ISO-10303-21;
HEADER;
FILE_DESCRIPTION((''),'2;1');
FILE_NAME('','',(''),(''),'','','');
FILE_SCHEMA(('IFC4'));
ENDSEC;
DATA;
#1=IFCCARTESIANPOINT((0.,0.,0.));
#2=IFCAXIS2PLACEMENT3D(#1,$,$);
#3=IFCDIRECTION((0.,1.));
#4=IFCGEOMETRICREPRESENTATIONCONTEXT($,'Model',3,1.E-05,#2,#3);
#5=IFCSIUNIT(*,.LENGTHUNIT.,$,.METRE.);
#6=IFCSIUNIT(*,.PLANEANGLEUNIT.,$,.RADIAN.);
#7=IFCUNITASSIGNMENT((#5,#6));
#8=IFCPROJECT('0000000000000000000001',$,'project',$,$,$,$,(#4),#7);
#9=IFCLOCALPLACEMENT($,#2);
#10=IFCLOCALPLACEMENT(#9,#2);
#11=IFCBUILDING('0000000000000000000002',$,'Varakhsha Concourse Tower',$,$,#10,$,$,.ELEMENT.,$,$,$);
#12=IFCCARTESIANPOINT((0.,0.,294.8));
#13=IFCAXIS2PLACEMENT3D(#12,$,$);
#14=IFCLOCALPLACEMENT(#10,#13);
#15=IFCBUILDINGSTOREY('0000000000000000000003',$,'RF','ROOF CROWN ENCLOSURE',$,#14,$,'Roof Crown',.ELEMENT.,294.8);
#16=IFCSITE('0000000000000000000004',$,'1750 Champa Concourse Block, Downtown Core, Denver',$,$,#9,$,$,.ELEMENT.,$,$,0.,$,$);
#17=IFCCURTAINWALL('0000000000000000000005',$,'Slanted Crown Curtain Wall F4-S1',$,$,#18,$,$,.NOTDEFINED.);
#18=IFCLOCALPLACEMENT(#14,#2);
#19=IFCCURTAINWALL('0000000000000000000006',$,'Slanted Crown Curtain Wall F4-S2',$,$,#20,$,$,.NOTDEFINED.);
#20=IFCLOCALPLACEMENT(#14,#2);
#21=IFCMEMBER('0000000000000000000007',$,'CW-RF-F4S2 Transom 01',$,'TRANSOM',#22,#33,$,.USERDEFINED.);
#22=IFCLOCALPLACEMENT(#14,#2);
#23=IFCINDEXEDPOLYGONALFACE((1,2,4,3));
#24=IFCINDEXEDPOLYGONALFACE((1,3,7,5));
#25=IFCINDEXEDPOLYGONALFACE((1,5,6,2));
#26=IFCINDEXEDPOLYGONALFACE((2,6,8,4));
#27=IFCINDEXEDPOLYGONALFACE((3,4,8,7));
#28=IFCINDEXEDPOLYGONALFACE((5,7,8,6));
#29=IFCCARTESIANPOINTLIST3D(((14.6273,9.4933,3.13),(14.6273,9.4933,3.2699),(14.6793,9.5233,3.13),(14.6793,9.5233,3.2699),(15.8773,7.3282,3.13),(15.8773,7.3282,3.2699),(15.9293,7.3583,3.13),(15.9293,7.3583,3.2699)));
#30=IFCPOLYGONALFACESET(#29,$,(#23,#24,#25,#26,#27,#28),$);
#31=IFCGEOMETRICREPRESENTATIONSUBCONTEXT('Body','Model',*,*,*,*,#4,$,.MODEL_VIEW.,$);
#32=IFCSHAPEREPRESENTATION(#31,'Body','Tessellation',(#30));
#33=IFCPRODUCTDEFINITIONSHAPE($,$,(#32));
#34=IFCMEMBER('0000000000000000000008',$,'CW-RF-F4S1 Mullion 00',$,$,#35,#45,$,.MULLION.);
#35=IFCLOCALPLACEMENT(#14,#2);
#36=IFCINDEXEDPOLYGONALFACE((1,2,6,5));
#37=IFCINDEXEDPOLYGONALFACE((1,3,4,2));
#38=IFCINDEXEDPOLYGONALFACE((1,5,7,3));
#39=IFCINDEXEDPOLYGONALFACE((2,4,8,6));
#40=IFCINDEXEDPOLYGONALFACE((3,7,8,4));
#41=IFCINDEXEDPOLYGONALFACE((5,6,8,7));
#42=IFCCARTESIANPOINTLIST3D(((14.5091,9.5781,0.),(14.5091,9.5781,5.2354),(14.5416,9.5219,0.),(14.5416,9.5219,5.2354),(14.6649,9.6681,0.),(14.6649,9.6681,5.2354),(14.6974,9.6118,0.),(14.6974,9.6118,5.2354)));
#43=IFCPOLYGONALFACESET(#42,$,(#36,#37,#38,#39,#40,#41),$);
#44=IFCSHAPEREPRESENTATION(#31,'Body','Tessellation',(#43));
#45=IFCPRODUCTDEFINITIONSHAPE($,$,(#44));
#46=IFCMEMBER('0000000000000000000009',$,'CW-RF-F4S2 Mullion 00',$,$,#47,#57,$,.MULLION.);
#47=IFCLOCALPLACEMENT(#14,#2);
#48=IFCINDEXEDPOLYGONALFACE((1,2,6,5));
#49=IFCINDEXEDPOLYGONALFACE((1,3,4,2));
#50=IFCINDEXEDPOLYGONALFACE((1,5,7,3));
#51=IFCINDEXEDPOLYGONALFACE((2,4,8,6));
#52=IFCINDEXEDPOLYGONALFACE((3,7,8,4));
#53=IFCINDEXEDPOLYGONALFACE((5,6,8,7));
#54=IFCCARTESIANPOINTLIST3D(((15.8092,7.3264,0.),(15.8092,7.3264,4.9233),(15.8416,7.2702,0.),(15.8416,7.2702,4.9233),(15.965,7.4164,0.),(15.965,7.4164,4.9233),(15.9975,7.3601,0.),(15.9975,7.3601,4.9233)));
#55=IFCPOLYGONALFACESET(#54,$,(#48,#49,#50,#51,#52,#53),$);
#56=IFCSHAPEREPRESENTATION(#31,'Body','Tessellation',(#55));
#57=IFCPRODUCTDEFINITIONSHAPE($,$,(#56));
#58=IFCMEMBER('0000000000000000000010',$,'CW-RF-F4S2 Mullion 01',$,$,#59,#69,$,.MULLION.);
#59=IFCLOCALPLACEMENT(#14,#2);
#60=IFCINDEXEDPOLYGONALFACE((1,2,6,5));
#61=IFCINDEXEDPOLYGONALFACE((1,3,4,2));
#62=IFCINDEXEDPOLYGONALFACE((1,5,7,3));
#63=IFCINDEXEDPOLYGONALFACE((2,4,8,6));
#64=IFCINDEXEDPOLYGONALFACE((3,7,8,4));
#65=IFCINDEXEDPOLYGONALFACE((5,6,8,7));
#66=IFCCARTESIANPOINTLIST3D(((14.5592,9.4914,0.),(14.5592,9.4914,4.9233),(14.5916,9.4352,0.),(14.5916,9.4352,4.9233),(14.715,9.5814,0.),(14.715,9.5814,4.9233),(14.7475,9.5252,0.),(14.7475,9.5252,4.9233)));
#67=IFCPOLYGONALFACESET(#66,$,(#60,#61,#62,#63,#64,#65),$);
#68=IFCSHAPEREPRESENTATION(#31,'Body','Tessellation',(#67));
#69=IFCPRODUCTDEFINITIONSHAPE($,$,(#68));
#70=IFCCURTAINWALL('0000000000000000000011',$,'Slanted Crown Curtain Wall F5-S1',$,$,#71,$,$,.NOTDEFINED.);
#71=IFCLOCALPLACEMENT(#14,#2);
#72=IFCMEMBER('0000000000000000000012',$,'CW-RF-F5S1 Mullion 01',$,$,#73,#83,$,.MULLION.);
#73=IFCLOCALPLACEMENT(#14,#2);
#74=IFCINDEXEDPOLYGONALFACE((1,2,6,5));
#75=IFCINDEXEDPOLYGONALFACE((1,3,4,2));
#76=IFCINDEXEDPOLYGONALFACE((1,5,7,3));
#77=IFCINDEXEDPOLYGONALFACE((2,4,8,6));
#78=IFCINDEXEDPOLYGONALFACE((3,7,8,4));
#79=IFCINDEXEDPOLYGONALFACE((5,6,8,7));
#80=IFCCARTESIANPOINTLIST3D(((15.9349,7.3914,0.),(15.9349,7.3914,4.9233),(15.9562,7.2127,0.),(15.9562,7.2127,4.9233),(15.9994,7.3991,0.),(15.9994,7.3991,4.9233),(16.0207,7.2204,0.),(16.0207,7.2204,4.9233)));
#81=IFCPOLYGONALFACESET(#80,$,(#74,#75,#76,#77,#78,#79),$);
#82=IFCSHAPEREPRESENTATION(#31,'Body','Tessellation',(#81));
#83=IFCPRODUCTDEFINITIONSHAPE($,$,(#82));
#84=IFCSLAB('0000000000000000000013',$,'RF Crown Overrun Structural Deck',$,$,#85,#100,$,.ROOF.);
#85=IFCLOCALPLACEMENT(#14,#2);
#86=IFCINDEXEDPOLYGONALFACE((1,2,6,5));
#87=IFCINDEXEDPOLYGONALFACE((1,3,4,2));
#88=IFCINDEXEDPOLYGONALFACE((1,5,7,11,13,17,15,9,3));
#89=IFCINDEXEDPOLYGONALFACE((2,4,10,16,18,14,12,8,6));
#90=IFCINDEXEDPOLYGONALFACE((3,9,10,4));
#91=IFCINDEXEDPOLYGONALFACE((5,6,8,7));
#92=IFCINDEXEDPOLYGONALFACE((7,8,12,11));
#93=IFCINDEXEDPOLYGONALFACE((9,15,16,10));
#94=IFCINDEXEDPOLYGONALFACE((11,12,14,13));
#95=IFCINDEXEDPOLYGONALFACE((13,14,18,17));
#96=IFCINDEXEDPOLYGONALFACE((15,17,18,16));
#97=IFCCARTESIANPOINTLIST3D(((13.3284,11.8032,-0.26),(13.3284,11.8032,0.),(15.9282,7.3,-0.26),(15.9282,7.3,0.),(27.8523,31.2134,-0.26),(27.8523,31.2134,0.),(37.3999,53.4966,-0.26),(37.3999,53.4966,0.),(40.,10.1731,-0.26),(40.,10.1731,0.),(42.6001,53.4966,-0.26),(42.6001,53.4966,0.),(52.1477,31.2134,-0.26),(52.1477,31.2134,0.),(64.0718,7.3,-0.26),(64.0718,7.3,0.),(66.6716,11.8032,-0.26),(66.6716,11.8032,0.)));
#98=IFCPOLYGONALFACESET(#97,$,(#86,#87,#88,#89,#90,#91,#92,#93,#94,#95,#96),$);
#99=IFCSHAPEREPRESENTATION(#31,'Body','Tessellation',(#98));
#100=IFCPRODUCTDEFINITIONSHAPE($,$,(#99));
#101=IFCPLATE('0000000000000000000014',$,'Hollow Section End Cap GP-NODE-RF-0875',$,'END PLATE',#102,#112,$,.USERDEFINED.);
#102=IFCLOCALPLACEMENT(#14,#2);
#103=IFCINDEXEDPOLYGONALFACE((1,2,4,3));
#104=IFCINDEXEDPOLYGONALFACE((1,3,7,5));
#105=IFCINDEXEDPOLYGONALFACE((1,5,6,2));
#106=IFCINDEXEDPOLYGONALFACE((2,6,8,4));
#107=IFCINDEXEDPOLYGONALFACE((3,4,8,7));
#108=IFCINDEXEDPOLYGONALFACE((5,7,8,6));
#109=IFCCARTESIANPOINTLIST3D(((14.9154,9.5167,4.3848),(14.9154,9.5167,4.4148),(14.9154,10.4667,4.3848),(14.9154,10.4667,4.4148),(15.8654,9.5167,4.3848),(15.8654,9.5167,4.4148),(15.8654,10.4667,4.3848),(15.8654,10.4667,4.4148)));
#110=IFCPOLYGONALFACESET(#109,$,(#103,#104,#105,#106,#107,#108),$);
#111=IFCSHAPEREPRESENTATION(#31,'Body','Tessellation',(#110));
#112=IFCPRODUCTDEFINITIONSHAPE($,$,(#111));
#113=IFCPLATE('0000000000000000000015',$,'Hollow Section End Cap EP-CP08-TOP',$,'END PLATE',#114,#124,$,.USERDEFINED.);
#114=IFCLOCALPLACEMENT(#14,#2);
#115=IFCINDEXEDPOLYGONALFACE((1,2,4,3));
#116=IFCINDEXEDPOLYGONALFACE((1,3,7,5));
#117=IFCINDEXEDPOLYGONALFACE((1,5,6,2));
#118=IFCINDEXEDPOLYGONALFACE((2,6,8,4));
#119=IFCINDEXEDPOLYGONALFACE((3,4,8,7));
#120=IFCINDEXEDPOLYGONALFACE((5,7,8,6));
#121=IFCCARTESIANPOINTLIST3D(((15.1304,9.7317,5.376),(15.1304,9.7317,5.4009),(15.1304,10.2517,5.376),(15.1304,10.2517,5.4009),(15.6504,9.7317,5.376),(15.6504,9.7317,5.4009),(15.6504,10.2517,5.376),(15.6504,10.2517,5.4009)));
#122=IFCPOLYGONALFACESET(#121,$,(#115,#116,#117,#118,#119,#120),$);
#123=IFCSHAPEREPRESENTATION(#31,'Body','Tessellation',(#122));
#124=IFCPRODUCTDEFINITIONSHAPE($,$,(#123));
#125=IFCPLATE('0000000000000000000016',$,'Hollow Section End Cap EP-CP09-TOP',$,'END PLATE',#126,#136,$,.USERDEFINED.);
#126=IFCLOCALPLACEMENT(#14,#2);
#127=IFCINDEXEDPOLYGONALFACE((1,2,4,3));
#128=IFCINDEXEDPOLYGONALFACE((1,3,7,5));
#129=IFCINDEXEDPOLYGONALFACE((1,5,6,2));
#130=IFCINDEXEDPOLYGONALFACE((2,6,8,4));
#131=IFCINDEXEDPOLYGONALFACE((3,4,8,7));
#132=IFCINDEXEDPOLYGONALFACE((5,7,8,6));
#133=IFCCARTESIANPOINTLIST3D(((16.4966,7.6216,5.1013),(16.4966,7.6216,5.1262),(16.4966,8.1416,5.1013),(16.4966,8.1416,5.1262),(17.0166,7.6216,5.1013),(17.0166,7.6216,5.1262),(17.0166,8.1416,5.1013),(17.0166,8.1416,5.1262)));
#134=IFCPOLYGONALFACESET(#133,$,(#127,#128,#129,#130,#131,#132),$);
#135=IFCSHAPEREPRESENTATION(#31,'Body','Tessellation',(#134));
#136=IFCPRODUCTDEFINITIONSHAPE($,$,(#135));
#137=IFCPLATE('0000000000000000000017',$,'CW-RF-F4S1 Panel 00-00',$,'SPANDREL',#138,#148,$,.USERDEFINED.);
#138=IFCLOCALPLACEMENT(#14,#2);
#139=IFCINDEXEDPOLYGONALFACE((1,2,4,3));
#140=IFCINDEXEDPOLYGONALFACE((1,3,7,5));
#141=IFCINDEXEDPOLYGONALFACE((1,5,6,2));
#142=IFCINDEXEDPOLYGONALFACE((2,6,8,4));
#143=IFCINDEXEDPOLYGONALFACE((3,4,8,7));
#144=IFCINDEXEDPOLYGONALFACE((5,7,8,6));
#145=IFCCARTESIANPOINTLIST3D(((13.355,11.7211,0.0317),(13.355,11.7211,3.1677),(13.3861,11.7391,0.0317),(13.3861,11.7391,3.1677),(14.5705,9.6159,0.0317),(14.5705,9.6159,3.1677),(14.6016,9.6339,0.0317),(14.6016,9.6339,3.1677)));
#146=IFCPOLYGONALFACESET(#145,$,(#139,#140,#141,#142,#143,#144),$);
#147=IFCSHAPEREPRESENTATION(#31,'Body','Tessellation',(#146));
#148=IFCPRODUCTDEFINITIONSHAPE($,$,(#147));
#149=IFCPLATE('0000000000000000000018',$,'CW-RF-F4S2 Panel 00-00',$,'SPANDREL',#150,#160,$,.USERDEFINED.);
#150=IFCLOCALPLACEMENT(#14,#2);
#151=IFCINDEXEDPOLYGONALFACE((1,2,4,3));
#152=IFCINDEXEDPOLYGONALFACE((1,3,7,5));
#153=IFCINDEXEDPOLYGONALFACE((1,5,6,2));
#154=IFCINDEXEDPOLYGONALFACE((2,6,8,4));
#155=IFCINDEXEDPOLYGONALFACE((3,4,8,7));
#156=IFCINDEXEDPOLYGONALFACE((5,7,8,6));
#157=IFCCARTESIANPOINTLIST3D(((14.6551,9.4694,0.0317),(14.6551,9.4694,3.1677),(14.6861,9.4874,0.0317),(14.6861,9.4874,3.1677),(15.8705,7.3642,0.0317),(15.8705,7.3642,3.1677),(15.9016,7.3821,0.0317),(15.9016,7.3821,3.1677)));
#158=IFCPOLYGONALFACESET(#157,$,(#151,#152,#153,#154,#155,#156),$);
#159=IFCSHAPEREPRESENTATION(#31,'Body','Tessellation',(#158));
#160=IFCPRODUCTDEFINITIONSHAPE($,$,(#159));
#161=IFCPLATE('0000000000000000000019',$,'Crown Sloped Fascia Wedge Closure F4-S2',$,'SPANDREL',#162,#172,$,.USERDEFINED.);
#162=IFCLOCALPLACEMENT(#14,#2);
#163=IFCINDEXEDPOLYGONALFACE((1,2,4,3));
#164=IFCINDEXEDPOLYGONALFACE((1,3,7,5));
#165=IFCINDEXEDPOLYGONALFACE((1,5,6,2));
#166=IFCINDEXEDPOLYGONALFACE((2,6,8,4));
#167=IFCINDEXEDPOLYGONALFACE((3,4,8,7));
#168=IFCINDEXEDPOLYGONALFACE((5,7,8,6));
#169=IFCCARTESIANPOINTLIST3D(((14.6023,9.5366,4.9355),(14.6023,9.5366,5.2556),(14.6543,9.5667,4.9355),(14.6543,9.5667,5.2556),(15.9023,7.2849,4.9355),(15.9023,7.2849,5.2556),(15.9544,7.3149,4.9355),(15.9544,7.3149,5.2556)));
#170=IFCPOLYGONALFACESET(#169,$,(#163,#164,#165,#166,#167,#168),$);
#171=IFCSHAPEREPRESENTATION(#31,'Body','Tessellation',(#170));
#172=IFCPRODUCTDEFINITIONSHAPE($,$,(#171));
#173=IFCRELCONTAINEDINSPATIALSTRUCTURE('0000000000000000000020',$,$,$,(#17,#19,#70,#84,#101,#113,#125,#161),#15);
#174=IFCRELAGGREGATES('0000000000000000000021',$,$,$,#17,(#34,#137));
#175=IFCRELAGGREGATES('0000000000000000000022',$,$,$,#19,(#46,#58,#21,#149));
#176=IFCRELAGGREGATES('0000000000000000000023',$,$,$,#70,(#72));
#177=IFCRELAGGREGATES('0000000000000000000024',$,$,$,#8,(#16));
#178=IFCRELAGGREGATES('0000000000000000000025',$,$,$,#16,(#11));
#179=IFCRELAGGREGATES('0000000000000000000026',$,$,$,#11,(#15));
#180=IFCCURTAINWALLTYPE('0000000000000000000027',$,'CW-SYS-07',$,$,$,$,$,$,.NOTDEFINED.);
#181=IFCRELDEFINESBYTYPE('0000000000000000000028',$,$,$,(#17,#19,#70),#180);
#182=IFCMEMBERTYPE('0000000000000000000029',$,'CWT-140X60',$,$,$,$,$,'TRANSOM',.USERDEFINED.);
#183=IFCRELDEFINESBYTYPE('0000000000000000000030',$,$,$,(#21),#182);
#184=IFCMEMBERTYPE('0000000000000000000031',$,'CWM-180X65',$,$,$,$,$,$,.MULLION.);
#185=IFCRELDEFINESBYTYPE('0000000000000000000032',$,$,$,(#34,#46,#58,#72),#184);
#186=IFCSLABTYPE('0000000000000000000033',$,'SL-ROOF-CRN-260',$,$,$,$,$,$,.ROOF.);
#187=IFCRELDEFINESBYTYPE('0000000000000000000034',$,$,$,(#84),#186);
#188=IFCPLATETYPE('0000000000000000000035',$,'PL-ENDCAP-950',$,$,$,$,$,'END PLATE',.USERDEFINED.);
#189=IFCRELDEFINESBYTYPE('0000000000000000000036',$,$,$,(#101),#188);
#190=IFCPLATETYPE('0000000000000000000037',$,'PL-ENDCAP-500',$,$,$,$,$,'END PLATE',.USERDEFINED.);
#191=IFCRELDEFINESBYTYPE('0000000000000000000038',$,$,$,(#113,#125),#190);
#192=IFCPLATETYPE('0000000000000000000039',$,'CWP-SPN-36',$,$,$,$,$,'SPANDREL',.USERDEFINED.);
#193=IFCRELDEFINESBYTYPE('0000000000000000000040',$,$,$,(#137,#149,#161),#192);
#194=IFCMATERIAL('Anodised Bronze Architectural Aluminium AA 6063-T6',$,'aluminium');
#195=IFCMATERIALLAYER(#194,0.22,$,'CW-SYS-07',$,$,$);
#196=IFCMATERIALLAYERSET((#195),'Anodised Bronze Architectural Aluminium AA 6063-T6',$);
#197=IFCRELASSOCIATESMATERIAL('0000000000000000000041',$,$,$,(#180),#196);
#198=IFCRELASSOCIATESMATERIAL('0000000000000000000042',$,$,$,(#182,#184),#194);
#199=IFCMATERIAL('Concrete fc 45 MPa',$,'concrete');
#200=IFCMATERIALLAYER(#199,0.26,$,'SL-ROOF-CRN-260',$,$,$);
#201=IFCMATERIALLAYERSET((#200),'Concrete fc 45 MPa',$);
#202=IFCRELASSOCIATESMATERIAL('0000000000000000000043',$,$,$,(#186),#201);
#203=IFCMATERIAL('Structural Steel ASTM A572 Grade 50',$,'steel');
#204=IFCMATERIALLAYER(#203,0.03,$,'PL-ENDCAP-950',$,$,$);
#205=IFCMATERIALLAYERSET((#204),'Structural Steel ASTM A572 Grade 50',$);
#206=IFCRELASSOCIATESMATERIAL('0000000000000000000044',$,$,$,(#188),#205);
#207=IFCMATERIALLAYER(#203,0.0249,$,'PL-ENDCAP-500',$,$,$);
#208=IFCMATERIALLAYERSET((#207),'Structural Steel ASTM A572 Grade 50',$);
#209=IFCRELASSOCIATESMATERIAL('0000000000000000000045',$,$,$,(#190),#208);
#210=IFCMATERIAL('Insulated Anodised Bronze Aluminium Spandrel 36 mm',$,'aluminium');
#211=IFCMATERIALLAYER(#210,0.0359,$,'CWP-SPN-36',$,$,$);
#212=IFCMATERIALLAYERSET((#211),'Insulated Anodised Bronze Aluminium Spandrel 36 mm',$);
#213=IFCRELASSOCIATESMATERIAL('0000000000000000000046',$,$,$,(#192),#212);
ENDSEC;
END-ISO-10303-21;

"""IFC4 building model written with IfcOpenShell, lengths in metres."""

from ifc_helpers import new_model, si_unit, direction, frame, origin, origin_2d, place, context, subcontext, project, spatial, polyline, rectangle, outline, extrude, source, transform, mapped, material, layer, layer_set, material_profile, profile_set, type_object, type_shapes, element, aggregate, save


model = new_model("IFC4")

# Units and contexts
model_context = context("Model", 3, precision=1e-05, world=origin(), true_north=direction((0.0, 1.0)))
body_context = subcontext(model_context, "Body", "Model", "MODEL_VIEW")
ifc_project = project(units=[si_unit("LENGTHUNIT", "METRE"), si_unit("PLANEANGLEUNIT", "RADIAN")], contexts=[model_context])

# Site, building, storey
site_placement = place(None, origin())
site = spatial("IfcSite", under=ifc_project, at=site_placement, Name="1750 Champa Concourse Block, Downtown Core, Denver", CompositionType="ELEMENT", RefElevation=0.0)
building_placement = place(site_placement, origin())
building = spatial("IfcBuilding", under=site, at=building_placement, Name="Varakhsha Concourse Tower", CompositionType="ELEMENT")
storey_placement = place(building_placement, frame((0.0, 0.0, 294.8)))
storey = spatial("IfcBuildingStorey", under=building, at=storey_placement, Name="RF", Description="ROOF CROWN ENCLOSURE", LongName="Roof Crown", CompositionType="ELEMENT", Elevation=294.8)

# Shared definitions
ifc_material_1 = material(Name="Structural Steel ASTM A572 Grade 50", Category="steel")

# Curtain walls, member
ifc_material_2 = material(Name="Anodised Bronze Architectural Aluminium AA 6063-T6", Category="aluminium")
ifc_layer_1 = layer(ifc_material_2, 0.22, Name="CW-SYS-07")
ifc_layer_set_1 = layer_set([ifc_layer_1], Name="Anodised Bronze Architectural Aluminium AA 6063-T6")
curtain_wall_type = type_object("IfcCurtainWallType", Name="CW-SYS-07", PredefinedType="NOTDEFINED", material=ifc_layer_set_1)
curtain_wall_1_placement = place(storey_placement, origin())
curtain_wall_1 = element("IfcCurtainWall", 1, at=curtain_wall_1_placement, inside=storey, type_object=curtain_wall_type, Name="Slanted Crown Curtain Wall F4-S1", PredefinedType="NOTDEFINED")
ifc_material_profile_1 = material_profile(ifc_material_2, rectangle(XDim=0.0601, YDim=0.1399, at=origin_2d()), Name="CWT-140X60")
ifc_profile_set_1 = profile_set([ifc_material_profile_1], Name="Anodised Bronze Architectural Aluminium AA 6063-T6")
member_type_1 = type_object("IfcMemberType", Name="CWT-140X60", ElementType="TRANSOM", PredefinedType="USERDEFINED", material=ifc_profile_set_1)
shared_shape_1 = source(origin(), body_context, "Body", "SweptSolid", [
    extrude(rectangle(XDim=0.0601, YDim=0.1399, at=origin_2d()), origin(), (0.0, 0.0, 1.0), 2.5),
])
type_shapes(member_type_1, [shared_shape_1])
curtain_wall_2_placement = place(storey_placement, origin())
curtain_wall_2 = element("IfcCurtainWall", 2, at=curtain_wall_2_placement, inside=storey, type_object=curtain_wall_type, Name="Slanted Crown Curtain Wall F4-S2", PredefinedType="NOTDEFINED")
member_1_placement = place(storey_placement, frame((15.9033, 7.3433, 3.2), z_axis=(-0.500004, 0.866023, 0.0), x_axis=(-0.866023, -0.500004, 0.0)))
member_1 = element("IfcMember", 3, at=member_1_placement, type_object=member_type_1, Name="CW-RF-F4S2 Transom 01", ObjectType="TRANSOM", PredefinedType="USERDEFINED", context=body_context, shape_type="MappedRepresentation", body=[
    mapped(shared_shape_1, transform((0.0, 0.0, 0.0), scale=1.0)),
])

# Members
ifc_material_profile_2 = material_profile(ifc_material_2, rectangle(XDim=0.0649, YDim=0.1799, at=origin_2d()), Name="CWM-180X65")
ifc_profile_set_2 = profile_set([ifc_material_profile_2], Name="Anodised Bronze Architectural Aluminium AA 6063-T6")
member_type_2 = type_object("IfcMemberType", Name="CWM-180X65", PredefinedType="MULLION", material=ifc_profile_set_2)
shared_shape_2 = source(origin(), body_context, "Body", "SweptSolid", [
    extrude(rectangle(XDim=0.0649, YDim=0.1799, at=origin_2d()), origin(), (0.0, 0.0, 1.0), 5.2354),
])
member_2_placement = place(storey_placement, frame((14.6033, 9.595, 0.0), z_axis=(0.0, 0.0, 1.0), x_axis=(-0.500011, 0.866019, 0.0)))
member_2 = element("IfcMember", 4, at=member_2_placement, type_object=member_type_2, Name="CW-RF-F4S1 Mullion 00", PredefinedType="MULLION", context=body_context, shape_type="MappedRepresentation", body=[
    mapped(shared_shape_2, transform((0.0, 0.0, 0.0), scale=1.0)),
])
shared_shape_3 = source(origin(), body_context, "Body", "SweptSolid", [
    extrude(rectangle(XDim=0.0649, YDim=0.1799, at=origin_2d()), origin(), (0.0, 0.0, 1.0), 4.9233),
])
type_shapes(member_type_2, [shared_shape_2, shared_shape_3])
member_3_placement = place(storey_placement, frame((15.9033, 7.3433, 0.0), z_axis=(0.0, 0.0, 1.0), x_axis=(-0.499994, 0.866029, 0.0)))
member_3 = element("IfcMember", 5, at=member_3_placement, type_object=member_type_2, Name="CW-RF-F4S2 Mullion 00", PredefinedType="MULLION", context=body_context, shape_type="MappedRepresentation", body=[
    mapped(shared_shape_3, transform((0.0, 0.0, 0.0), scale=1.0)),
])
member_4_placement = place(storey_placement, frame((14.6533, 9.5083, 0.0), z_axis=(0.0, 0.0, 1.0), x_axis=(-0.499994, 0.866029, 0.0)))
member_4 = element("IfcMember", 6, at=member_4_placement, type_object=member_type_2, Name="CW-RF-F4S2 Mullion 01", PredefinedType="MULLION", context=body_context, shape_type="MappedRepresentation", body=[
    mapped(shared_shape_3, transform((0.0, 0.0, 0.0), scale=1.0)),
])

# Curtain wall, member
curtain_wall_3_placement = place(storey_placement, origin())
curtain_wall_3 = element("IfcCurtainWall", 7, at=curtain_wall_3_placement, inside=storey, type_object=curtain_wall_type, Name="Slanted Crown Curtain Wall F5-S1", PredefinedType="NOTDEFINED")
member_5_placement = place(storey_placement, frame((15.9778, 7.3059, 0.0), z_axis=(0.0, 0.0, 1.0), x_axis=(-0.992951, -0.118525, 0.0)))
member_5 = element("IfcMember", 8, at=member_5_placement, type_object=member_type_2, Name="CW-RF-F5S1 Mullion 01", PredefinedType="MULLION", context=body_context, shape_type="MappedRepresentation", body=[
    mapped(shared_shape_3, transform((0.0, 0.0, 0.0), scale=1.0)),
])

# Slab
ifc_material_3 = material(Name="Concrete fc 45 MPa", Category="concrete")
ifc_layer_2 = layer(ifc_material_3, 0.26, Name="SL-ROOF-CRN-260")
ifc_layer_set_2 = layer_set([ifc_layer_2], Name="Concrete fc 45 MPa")
slab_type = type_object("IfcSlabType", Name="SL-ROOF-CRN-260", PredefinedType="ROOF", material=ifc_layer_set_2)
slab_placement = place(storey_placement, frame((0.0, 0.0, -0.26)))
element("IfcSlab", 9, at=slab_placement, inside=storey, type_object=slab_type, Name="RF Crown Overrun Structural Deck", PredefinedType="ROOF", context=body_context, shape_type="SweptSolid", body=[
    extrude(outline(polyline([(42.6001, 53.4966), (37.3999, 53.4966), (27.8523, 31.2134), (13.3284, 11.8032), (15.9282, 7.3), (40.0, 10.1731), (64.0718, 7.3), (66.6716, 11.8032), (52.1477, 31.2134), (42.6001, 53.4966)])), origin(), (0.0, 0.0, 1.0), 0.26),
])

# Plates
ifc_layer_3 = layer(ifc_material_1, 0.03, Name="PL-ENDCAP-950")
ifc_layer_set_3 = layer_set([ifc_layer_3], Name="Structural Steel ASTM A572 Grade 50")
plate_type_1 = type_object("IfcPlateType", Name="PL-ENDCAP-950", ElementType="END PLATE", PredefinedType="USERDEFINED", material=ifc_layer_set_3)
shared_shape_4 = source(origin(), body_context, "Body", "SweptSolid", [
    extrude(rectangle(XDim=0.95, YDim=0.95, at=origin_2d()), origin(), (0.0, 0.0, 1.0), 0.03),
])
type_shapes(plate_type_1, [shared_shape_4])
plate_1_placement = place(storey_placement, frame((15.3904, 9.9917, 4.3848), z_axis=(0.0, 0.0, 1.0), x_axis=(1.0, 0.0, 0.0)))
element("IfcPlate", 10, at=plate_1_placement, inside=storey, type_object=plate_type_1, Name="Hollow Section End Cap GP-NODE-RF-0875", ObjectType="END PLATE", PredefinedType="USERDEFINED", context=body_context, shape_type="MappedRepresentation", body=[
    mapped(shared_shape_4, transform((0.0, 0.0, 0.0), scale=1.0)),
])
ifc_layer_4 = layer(ifc_material_1, 0.0249, Name="PL-ENDCAP-500")
ifc_layer_set_4 = layer_set([ifc_layer_4], Name="Structural Steel ASTM A572 Grade 50")
plate_type_2 = type_object("IfcPlateType", Name="PL-ENDCAP-500", ElementType="END PLATE", PredefinedType="USERDEFINED", material=ifc_layer_set_4)
shared_shape_5 = source(origin(), body_context, "Body", "SweptSolid", [
    extrude(rectangle(XDim=0.52, YDim=0.52, at=origin_2d()), origin(), (0.0, 0.0, 1.0), 0.0249),
])
type_shapes(plate_type_2, [shared_shape_5])
for number, where, z_axis, x_axis, name in (
    (11, (15.3904, 9.9917, 5.376), (0.0, 0.0, 1.0), (1.0, 0.0, 0.0), "Hollow Section End Cap EP-CP08-TOP"),
    (12, (16.7566, 7.8816, 5.1013), (0.0, 0.0, 1.0), (1.0, 0.0, 0.0), "Hollow Section End Cap EP-CP09-TOP"),
):
    element("IfcPlate", number, at=place(storey_placement, frame(where, z_axis=z_axis, x_axis=x_axis)), inside=storey, type_object=plate_type_2, Name=name, ObjectType="END PLATE", PredefinedType="USERDEFINED", context=body_context, shape_type="MappedRepresentation", body=[
        mapped(shared_shape_5, transform((0.0, 0.0, 0.0), scale=1.0)),
    ])

# Plates
ifc_material_4 = material(Name="Insulated Anodised Bronze Aluminium Spandrel 36 mm", Category="aluminium")
ifc_layer_5 = layer(ifc_material_4, 0.0359, Name="CWP-SPN-36")
ifc_layer_set_5 = layer_set([ifc_layer_5], Name="Insulated Anodised Bronze Aluminium Spandrel 36 mm")
plate_type_3 = type_object("IfcPlateType", Name="CWP-SPN-36", ElementType="SPANDREL", PredefinedType="USERDEFINED", material=ifc_layer_set_5)
shared_shape_6 = source(origin(), body_context, "Body", "SweptSolid", [
    extrude(rectangle(XDim=2.4309, YDim=0.0359, at=origin_2d()), origin(), (0.0, 0.0, 1.0), 3.136),
])
plate_2_placement = place(storey_placement, frame((13.9783, 10.6775, 0.0317), z_axis=(0.0, 0.0, 1.0), x_axis=(-0.500011, 0.866019, 0.0)))
plate_2 = element("IfcPlate", 13, at=plate_2_placement, type_object=plate_type_3, Name="CW-RF-F4S1 Panel 00-00", ObjectType="SPANDREL", PredefinedType="USERDEFINED", context=body_context, shape_type="MappedRepresentation", body=[
    mapped(shared_shape_6, transform((0.0, 0.0, 0.0), scale=1.0)),
])
aggregate(curtain_wall_1, [member_2, plate_2])
plate_3_placement = place(storey_placement, frame((15.2783, 8.4258, 0.0317), z_axis=(0.0, 0.0, 1.0), x_axis=(-0.499994, 0.866029, 0.0)))
plate_3 = element("IfcPlate", 14, at=plate_3_placement, type_object=plate_type_3, Name="CW-RF-F4S2 Panel 00-00", ObjectType="SPANDREL", PredefinedType="USERDEFINED", context=body_context, shape_type="MappedRepresentation", body=[
    mapped(shared_shape_6, transform((0.0, 0.0, 0.0), scale=1.0)),
])
shared_shape_7 = source(origin(), body_context, "Body", "SweptSolid", [
    extrude(rectangle(XDim=2.6001, YDim=0.0601, at=origin_2d()), origin(), (0.0, 0.0, 1.0), 0.3201),
])
plate_4_placement = place(storey_placement, frame((15.2783, 8.4258, 4.9355), z_axis=(0.0, 0.0, 1.0), x_axis=(-0.5, 0.866025, 0.0)))
element("IfcPlate", 15, at=plate_4_placement, inside=storey, type_object=plate_type_3, Name="Crown Sloped Fascia Wedge Closure F4-S2", ObjectType="SPANDREL", PredefinedType="USERDEFINED", context=body_context, shape_type="MappedRepresentation", body=[
    mapped(shared_shape_7, transform((0.0, 0.0, 0.0), scale=1.0)),
])
aggregate(curtain_wall_2, [member_3, member_4, member_1, plate_3])
aggregate(curtain_wall_3, [member_5])

save(model, "model.ifc")
